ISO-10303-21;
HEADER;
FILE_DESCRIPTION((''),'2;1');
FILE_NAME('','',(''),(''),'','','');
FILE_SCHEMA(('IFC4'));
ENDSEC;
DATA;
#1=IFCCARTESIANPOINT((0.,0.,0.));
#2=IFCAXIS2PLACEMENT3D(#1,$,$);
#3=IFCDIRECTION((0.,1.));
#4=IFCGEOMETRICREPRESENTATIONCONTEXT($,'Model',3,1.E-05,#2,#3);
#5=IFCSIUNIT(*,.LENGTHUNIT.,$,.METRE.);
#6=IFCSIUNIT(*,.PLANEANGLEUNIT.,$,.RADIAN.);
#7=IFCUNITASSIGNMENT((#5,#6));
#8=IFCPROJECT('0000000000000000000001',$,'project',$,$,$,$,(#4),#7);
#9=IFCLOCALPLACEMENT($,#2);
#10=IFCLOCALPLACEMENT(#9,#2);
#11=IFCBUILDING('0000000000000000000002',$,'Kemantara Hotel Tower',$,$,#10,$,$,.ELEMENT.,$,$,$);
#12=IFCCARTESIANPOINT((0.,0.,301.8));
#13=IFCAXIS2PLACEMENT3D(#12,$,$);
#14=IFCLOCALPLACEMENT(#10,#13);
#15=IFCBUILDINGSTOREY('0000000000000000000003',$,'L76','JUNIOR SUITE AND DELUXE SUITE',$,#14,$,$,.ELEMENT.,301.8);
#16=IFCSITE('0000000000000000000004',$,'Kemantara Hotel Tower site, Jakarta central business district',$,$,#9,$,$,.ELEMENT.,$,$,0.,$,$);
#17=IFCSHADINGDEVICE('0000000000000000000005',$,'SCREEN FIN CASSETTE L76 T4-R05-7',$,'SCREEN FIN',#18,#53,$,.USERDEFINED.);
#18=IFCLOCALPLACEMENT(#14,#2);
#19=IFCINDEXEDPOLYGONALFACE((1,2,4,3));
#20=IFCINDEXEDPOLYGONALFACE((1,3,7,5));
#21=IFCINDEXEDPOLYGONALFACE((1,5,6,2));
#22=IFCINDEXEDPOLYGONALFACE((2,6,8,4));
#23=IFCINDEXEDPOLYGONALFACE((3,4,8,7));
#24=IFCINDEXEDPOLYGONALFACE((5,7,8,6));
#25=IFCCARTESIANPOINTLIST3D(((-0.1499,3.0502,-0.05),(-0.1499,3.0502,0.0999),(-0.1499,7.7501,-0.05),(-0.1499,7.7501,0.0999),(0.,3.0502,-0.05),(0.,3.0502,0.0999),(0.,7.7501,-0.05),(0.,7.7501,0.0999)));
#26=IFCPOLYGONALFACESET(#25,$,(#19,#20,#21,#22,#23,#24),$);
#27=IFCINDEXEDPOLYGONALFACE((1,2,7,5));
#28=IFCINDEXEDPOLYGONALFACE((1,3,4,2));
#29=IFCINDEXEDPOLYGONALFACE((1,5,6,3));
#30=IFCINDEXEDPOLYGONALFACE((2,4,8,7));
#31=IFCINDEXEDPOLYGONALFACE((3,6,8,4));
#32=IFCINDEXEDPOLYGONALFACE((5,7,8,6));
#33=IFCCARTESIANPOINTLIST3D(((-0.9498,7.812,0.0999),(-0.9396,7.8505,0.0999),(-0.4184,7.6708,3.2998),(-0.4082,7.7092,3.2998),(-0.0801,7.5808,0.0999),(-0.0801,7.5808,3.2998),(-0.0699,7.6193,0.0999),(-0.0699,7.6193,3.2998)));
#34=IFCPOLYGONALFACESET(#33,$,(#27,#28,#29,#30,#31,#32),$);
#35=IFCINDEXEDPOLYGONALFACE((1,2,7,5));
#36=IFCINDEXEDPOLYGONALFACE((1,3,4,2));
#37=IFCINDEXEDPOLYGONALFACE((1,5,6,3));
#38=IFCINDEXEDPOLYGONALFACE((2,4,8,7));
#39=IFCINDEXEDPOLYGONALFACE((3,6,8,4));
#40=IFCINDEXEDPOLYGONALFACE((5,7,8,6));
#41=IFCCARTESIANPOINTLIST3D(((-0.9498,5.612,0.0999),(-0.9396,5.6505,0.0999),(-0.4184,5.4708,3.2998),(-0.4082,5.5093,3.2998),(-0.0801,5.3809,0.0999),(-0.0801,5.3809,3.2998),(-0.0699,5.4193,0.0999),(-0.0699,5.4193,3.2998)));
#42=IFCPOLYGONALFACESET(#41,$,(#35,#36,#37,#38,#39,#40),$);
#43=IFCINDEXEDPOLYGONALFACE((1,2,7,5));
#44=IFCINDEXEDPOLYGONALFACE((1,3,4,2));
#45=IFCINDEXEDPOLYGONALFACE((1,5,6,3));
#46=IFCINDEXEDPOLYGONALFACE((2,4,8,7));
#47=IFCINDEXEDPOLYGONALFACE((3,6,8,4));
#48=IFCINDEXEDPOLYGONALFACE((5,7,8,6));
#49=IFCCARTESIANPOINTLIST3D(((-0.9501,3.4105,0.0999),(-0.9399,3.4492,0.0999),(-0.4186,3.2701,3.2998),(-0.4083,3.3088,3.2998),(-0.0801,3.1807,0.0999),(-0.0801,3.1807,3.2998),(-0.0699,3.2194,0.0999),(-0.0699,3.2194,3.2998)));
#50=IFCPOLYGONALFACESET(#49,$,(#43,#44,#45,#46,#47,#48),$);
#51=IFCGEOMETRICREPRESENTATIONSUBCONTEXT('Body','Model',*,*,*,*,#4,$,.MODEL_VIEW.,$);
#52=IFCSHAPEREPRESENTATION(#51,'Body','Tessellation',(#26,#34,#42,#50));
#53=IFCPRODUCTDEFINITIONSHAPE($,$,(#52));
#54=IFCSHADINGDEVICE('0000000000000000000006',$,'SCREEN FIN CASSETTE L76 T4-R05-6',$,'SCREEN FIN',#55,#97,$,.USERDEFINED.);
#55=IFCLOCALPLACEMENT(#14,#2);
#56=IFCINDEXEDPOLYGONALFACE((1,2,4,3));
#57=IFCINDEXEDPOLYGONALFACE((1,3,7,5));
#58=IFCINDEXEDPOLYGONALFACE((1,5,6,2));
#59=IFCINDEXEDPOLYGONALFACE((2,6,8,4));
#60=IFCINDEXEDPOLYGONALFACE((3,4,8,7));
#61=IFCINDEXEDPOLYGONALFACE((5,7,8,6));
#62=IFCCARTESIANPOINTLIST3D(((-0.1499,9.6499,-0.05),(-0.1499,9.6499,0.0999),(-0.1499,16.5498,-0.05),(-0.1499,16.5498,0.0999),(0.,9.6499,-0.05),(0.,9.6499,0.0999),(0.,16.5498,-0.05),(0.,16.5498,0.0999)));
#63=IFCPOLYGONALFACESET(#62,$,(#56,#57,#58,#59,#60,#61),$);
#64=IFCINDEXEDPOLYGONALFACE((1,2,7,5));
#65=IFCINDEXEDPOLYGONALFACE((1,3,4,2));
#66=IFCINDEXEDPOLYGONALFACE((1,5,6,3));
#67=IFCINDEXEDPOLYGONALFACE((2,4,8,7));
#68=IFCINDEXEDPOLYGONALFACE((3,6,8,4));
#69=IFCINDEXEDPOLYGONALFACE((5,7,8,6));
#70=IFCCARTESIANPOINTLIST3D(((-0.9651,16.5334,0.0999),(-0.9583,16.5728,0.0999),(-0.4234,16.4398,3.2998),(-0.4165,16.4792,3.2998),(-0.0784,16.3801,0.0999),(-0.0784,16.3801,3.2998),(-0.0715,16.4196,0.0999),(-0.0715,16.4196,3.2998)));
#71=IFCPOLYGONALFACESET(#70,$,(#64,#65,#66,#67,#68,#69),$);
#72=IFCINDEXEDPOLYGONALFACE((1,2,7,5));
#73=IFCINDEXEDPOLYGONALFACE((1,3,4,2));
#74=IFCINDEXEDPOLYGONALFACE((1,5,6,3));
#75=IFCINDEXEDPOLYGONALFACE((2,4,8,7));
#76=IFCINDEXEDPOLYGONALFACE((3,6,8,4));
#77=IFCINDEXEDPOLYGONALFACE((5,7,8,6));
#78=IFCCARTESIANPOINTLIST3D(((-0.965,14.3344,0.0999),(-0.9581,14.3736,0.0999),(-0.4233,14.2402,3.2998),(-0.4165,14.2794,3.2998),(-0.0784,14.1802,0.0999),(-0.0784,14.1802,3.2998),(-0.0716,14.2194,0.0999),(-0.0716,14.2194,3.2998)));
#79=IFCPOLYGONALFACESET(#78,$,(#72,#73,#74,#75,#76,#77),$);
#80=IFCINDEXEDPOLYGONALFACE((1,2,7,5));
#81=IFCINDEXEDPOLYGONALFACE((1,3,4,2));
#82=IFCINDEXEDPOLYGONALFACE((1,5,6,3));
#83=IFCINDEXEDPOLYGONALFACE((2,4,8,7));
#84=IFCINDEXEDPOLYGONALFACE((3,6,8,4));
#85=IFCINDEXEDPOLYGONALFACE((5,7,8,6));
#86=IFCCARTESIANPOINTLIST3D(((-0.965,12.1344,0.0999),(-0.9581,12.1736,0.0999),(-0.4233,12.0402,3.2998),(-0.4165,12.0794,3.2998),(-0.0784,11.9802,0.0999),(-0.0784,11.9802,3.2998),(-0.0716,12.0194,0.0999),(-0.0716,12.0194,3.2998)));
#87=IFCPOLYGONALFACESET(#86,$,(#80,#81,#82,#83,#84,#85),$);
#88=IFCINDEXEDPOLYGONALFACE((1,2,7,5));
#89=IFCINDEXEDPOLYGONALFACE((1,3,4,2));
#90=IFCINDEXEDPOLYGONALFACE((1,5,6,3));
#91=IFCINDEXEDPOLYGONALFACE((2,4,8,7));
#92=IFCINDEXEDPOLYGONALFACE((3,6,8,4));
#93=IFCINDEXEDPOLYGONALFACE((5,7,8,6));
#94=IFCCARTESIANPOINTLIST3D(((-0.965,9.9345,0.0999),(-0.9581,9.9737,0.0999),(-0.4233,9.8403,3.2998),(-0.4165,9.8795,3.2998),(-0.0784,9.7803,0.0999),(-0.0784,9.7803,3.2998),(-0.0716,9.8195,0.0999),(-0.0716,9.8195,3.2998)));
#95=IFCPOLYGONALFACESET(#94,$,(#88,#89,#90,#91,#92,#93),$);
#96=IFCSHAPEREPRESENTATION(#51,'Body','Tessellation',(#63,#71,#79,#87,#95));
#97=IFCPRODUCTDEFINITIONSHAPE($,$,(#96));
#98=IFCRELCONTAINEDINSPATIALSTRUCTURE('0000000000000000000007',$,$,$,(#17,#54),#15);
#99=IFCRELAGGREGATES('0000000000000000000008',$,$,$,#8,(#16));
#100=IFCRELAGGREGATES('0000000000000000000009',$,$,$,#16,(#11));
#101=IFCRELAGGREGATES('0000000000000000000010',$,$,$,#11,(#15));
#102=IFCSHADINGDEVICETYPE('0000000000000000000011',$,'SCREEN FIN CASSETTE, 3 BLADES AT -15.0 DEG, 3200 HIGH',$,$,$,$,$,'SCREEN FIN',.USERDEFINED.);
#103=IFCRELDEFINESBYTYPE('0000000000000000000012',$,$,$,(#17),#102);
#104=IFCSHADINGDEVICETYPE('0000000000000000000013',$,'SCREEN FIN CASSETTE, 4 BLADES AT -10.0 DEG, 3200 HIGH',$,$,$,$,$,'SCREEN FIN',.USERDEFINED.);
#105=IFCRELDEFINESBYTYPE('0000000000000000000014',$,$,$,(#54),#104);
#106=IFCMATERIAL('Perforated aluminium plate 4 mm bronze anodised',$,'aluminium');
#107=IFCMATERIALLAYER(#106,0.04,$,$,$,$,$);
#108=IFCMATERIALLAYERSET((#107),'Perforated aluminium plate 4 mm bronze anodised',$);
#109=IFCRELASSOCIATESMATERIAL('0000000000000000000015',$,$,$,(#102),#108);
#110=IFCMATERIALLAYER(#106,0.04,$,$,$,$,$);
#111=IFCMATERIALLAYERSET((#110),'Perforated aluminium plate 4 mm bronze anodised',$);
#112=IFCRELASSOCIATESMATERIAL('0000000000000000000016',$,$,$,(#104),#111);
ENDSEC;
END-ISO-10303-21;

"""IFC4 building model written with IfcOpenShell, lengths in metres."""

from ifc_helpers import new_model, si_unit, direction, frame, origin, origin_2d, place, context, subcontext, project, spatial, polyline, rectangle, outline, extrude, source, transform, mapped, material, layer, layer_set, type_object, element, save


model = new_model("IFC4")

# Units and contexts
model_context = context("Model", 3, precision=1e-05, world=origin(), true_north=direction((0.0, 1.0)))
body_context = subcontext(model_context, "Body", "Model", "MODEL_VIEW")
ifc_project = project(units=[si_unit("LENGTHUNIT", "METRE"), si_unit("PLANEANGLEUNIT", "RADIAN")], contexts=[model_context])

# Site, building, storey
site_placement = place(None, origin())
site = spatial("IfcSite", under=ifc_project, at=site_placement, Name="Kemantara Hotel Tower site, Jakarta central business district", CompositionType="ELEMENT", RefElevation=0.0)
building_placement = place(site_placement, origin())
building = spatial("IfcBuilding", under=site, at=building_placement, Name="Kemantara Hotel Tower", CompositionType="ELEMENT")
storey_placement = place(building_placement, frame((0.0, 0.0, 301.8)))
storey = spatial("IfcBuildingStorey", under=building, at=storey_placement, Name="L76", Description="JUNIOR SUITE AND DELUXE SUITE", CompositionType="ELEMENT", Elevation=301.8)

# Shading devices
ifc_material_1 = material(Name="Perforated aluminium plate 4 mm bronze anodised", Category="aluminium")
ifc_layer_1 = layer(ifc_material_1, 0.04)
ifc_layer_set_1 = layer_set([ifc_layer_1], Name="Perforated aluminium plate 4 mm bronze anodised")
shading_device_type_1 = type_object("IfcShadingDeviceType", Name="SCREEN FIN CASSETTE, 3 BLADES AT -15.0 DEG, 3200 HIGH", ElementType="SCREEN FIN", PredefinedType="USERDEFINED", material=ifc_layer_set_1)
shared_shape_1 = source(origin(), body_context, "Body", "SweptSolid", [
    extrude(rectangle(XDim=4.7, YDim=0.1499, at=origin_2d()), frame((2.2, -0.075, -0.1499), z_axis=(0.0, 0.0, 1.0), x_axis=(1.0, 0.0, 0.0)), (0.0, 0.0, 1.0), 0.1499),
    extrude(outline(polyline([(0.0, 0.0), (0.8999, 0.0), (0.3501, 3.2), (0.0, 3.2), (0.0, 0.0)])), frame((0.0193, -0.0801, 0.0), z_axis=(-0.966438, 0.256901, 0.0), x_axis=(-0.256901, -0.966438, 0.0)), (0.0, 0.0, 1.0), 0.0398),
    extrude(outline(polyline([(0.0, 0.0), (0.8999, 0.0), (0.3501, 3.2), (0.0, 3.2), (0.0, 0.0)])), frame((2.2192, -0.0801, 0.0), z_axis=(-0.966438, 0.256901, 0.0), x_axis=(-0.256901, -0.966438, 0.0)), (0.0, 0.0, 1.0), 0.0398),
    extrude(outline(polyline([(0.0, 0.0), (0.8999, 0.0), (0.3501, 3.2), (0.0, 3.2), (0.0, 0.0)])), frame((4.4194, -0.0801, 0.0), z_axis=(-0.966838, 0.255391, 0.0), x_axis=(-0.255391, -0.966838, 0.0)), (0.0, 0.0, 1.0), 0.04),
])
shading_device_1_placement = place(storey_placement, frame((0.0, 7.6001, 0.0999), z_axis=(0.0, 0.0, 1.0), x_axis=(0.0, -1.0, 0.0)))
element("IfcShadingDevice", 1, at=shading_device_1_placement, inside=storey, type_object=shading_device_type_1, Name="SCREEN FIN CASSETTE L76 T4-R05-7", ObjectType="SCREEN FIN", PredefinedType="USERDEFINED", context=body_context, shape_type="MappedRepresentation", body=[
    mapped(shared_shape_1, transform((0.0, 0.0, 0.0))),
])
ifc_layer_2 = layer(ifc_material_1, 0.04)
ifc_layer_set_2 = layer_set([ifc_layer_2], Name="Perforated aluminium plate 4 mm bronze anodised")
shading_device_type_2 = type_object("IfcShadingDeviceType", Name="SCREEN FIN CASSETTE, 4 BLADES AT -10.0 DEG, 3200 HIGH", ElementType="SCREEN FIN", PredefinedType="USERDEFINED", material=ifc_layer_set_2)
shared_shape_2 = source(origin(), body_context, "Body", "SweptSolid", [
    extrude(rectangle(XDim=6.8999, YDim=0.1499, at=origin_2d()), frame((3.3, -0.075, -0.1499), z_axis=(0.0, 0.0, 1.0), x_axis=(1.0, 0.0, 0.0)), (0.0, 0.0, 1.0), 0.1499),
    extrude(outline(polyline([(0.0, 0.0), (0.8999, 0.0), (0.3501, 3.2), (0.0, 3.2), (0.0, 0.0)])), frame((0.0198, -0.0784, 0.0), z_axis=(-0.98539, 0.170314, 0.0), x_axis=(-0.170314, -0.98539, 0.0)), (0.0, 0.0, 1.0), 0.04),
    extrude(outline(polyline([(0.0, 0.0), (0.8999, 0.0), (0.3501, 3.2), (0.0, 3.2), (0.0, 0.0)])), frame((2.2197, -0.0784, 0.0), z_axis=(-0.985212, 0.171341, 0.0), x_axis=(-0.171341, -0.985212, 0.0)), (0.0, 0.0, 1.0), 0.0398),
    extrude(outline(polyline([(0.0, 0.0), (0.8999, 0.0), (0.3501, 3.2), (0.0, 3.2), (0.0, 0.0)])), frame((4.4197, -0.0784, 0.0), z_axis=(-0.985212, 0.171341, 0.0), x_axis=(-0.171341, -0.985212, 0.0)), (0.0, 0.0, 1.0), 0.0398),
    extrude(outline(polyline([(0.0, 0.0), (0.8999, 0.0), (0.3501, 3.2), (0.0, 3.2), (0.0, 0.0)])), frame((6.6196, -0.0784, 0.0), z_axis=(-0.985212, 0.171341, 0.0), x_axis=(-0.171341, -0.985212, 0.0)), (0.0, 0.0, 1.0), 0.0398),
])
shading_device_2_placement = place(storey_placement, frame((0.0, 16.3999, 0.0999), z_axis=(0.0, 0.0, 1.0), x_axis=(0.0, -1.0, 0.0)))
element("IfcShadingDevice", 2, at=shading_device_2_placement, inside=storey, type_object=shading_device_type_2, Name="SCREEN FIN CASSETTE L76 T4-R05-6", ObjectType="SCREEN FIN", PredefinedType="USERDEFINED", context=body_context, shape_type="MappedRepresentation", body=[
    mapped(shared_shape_2, transform((0.0, 0.0, 0.0))),
])

save(model, "model.ifc")
